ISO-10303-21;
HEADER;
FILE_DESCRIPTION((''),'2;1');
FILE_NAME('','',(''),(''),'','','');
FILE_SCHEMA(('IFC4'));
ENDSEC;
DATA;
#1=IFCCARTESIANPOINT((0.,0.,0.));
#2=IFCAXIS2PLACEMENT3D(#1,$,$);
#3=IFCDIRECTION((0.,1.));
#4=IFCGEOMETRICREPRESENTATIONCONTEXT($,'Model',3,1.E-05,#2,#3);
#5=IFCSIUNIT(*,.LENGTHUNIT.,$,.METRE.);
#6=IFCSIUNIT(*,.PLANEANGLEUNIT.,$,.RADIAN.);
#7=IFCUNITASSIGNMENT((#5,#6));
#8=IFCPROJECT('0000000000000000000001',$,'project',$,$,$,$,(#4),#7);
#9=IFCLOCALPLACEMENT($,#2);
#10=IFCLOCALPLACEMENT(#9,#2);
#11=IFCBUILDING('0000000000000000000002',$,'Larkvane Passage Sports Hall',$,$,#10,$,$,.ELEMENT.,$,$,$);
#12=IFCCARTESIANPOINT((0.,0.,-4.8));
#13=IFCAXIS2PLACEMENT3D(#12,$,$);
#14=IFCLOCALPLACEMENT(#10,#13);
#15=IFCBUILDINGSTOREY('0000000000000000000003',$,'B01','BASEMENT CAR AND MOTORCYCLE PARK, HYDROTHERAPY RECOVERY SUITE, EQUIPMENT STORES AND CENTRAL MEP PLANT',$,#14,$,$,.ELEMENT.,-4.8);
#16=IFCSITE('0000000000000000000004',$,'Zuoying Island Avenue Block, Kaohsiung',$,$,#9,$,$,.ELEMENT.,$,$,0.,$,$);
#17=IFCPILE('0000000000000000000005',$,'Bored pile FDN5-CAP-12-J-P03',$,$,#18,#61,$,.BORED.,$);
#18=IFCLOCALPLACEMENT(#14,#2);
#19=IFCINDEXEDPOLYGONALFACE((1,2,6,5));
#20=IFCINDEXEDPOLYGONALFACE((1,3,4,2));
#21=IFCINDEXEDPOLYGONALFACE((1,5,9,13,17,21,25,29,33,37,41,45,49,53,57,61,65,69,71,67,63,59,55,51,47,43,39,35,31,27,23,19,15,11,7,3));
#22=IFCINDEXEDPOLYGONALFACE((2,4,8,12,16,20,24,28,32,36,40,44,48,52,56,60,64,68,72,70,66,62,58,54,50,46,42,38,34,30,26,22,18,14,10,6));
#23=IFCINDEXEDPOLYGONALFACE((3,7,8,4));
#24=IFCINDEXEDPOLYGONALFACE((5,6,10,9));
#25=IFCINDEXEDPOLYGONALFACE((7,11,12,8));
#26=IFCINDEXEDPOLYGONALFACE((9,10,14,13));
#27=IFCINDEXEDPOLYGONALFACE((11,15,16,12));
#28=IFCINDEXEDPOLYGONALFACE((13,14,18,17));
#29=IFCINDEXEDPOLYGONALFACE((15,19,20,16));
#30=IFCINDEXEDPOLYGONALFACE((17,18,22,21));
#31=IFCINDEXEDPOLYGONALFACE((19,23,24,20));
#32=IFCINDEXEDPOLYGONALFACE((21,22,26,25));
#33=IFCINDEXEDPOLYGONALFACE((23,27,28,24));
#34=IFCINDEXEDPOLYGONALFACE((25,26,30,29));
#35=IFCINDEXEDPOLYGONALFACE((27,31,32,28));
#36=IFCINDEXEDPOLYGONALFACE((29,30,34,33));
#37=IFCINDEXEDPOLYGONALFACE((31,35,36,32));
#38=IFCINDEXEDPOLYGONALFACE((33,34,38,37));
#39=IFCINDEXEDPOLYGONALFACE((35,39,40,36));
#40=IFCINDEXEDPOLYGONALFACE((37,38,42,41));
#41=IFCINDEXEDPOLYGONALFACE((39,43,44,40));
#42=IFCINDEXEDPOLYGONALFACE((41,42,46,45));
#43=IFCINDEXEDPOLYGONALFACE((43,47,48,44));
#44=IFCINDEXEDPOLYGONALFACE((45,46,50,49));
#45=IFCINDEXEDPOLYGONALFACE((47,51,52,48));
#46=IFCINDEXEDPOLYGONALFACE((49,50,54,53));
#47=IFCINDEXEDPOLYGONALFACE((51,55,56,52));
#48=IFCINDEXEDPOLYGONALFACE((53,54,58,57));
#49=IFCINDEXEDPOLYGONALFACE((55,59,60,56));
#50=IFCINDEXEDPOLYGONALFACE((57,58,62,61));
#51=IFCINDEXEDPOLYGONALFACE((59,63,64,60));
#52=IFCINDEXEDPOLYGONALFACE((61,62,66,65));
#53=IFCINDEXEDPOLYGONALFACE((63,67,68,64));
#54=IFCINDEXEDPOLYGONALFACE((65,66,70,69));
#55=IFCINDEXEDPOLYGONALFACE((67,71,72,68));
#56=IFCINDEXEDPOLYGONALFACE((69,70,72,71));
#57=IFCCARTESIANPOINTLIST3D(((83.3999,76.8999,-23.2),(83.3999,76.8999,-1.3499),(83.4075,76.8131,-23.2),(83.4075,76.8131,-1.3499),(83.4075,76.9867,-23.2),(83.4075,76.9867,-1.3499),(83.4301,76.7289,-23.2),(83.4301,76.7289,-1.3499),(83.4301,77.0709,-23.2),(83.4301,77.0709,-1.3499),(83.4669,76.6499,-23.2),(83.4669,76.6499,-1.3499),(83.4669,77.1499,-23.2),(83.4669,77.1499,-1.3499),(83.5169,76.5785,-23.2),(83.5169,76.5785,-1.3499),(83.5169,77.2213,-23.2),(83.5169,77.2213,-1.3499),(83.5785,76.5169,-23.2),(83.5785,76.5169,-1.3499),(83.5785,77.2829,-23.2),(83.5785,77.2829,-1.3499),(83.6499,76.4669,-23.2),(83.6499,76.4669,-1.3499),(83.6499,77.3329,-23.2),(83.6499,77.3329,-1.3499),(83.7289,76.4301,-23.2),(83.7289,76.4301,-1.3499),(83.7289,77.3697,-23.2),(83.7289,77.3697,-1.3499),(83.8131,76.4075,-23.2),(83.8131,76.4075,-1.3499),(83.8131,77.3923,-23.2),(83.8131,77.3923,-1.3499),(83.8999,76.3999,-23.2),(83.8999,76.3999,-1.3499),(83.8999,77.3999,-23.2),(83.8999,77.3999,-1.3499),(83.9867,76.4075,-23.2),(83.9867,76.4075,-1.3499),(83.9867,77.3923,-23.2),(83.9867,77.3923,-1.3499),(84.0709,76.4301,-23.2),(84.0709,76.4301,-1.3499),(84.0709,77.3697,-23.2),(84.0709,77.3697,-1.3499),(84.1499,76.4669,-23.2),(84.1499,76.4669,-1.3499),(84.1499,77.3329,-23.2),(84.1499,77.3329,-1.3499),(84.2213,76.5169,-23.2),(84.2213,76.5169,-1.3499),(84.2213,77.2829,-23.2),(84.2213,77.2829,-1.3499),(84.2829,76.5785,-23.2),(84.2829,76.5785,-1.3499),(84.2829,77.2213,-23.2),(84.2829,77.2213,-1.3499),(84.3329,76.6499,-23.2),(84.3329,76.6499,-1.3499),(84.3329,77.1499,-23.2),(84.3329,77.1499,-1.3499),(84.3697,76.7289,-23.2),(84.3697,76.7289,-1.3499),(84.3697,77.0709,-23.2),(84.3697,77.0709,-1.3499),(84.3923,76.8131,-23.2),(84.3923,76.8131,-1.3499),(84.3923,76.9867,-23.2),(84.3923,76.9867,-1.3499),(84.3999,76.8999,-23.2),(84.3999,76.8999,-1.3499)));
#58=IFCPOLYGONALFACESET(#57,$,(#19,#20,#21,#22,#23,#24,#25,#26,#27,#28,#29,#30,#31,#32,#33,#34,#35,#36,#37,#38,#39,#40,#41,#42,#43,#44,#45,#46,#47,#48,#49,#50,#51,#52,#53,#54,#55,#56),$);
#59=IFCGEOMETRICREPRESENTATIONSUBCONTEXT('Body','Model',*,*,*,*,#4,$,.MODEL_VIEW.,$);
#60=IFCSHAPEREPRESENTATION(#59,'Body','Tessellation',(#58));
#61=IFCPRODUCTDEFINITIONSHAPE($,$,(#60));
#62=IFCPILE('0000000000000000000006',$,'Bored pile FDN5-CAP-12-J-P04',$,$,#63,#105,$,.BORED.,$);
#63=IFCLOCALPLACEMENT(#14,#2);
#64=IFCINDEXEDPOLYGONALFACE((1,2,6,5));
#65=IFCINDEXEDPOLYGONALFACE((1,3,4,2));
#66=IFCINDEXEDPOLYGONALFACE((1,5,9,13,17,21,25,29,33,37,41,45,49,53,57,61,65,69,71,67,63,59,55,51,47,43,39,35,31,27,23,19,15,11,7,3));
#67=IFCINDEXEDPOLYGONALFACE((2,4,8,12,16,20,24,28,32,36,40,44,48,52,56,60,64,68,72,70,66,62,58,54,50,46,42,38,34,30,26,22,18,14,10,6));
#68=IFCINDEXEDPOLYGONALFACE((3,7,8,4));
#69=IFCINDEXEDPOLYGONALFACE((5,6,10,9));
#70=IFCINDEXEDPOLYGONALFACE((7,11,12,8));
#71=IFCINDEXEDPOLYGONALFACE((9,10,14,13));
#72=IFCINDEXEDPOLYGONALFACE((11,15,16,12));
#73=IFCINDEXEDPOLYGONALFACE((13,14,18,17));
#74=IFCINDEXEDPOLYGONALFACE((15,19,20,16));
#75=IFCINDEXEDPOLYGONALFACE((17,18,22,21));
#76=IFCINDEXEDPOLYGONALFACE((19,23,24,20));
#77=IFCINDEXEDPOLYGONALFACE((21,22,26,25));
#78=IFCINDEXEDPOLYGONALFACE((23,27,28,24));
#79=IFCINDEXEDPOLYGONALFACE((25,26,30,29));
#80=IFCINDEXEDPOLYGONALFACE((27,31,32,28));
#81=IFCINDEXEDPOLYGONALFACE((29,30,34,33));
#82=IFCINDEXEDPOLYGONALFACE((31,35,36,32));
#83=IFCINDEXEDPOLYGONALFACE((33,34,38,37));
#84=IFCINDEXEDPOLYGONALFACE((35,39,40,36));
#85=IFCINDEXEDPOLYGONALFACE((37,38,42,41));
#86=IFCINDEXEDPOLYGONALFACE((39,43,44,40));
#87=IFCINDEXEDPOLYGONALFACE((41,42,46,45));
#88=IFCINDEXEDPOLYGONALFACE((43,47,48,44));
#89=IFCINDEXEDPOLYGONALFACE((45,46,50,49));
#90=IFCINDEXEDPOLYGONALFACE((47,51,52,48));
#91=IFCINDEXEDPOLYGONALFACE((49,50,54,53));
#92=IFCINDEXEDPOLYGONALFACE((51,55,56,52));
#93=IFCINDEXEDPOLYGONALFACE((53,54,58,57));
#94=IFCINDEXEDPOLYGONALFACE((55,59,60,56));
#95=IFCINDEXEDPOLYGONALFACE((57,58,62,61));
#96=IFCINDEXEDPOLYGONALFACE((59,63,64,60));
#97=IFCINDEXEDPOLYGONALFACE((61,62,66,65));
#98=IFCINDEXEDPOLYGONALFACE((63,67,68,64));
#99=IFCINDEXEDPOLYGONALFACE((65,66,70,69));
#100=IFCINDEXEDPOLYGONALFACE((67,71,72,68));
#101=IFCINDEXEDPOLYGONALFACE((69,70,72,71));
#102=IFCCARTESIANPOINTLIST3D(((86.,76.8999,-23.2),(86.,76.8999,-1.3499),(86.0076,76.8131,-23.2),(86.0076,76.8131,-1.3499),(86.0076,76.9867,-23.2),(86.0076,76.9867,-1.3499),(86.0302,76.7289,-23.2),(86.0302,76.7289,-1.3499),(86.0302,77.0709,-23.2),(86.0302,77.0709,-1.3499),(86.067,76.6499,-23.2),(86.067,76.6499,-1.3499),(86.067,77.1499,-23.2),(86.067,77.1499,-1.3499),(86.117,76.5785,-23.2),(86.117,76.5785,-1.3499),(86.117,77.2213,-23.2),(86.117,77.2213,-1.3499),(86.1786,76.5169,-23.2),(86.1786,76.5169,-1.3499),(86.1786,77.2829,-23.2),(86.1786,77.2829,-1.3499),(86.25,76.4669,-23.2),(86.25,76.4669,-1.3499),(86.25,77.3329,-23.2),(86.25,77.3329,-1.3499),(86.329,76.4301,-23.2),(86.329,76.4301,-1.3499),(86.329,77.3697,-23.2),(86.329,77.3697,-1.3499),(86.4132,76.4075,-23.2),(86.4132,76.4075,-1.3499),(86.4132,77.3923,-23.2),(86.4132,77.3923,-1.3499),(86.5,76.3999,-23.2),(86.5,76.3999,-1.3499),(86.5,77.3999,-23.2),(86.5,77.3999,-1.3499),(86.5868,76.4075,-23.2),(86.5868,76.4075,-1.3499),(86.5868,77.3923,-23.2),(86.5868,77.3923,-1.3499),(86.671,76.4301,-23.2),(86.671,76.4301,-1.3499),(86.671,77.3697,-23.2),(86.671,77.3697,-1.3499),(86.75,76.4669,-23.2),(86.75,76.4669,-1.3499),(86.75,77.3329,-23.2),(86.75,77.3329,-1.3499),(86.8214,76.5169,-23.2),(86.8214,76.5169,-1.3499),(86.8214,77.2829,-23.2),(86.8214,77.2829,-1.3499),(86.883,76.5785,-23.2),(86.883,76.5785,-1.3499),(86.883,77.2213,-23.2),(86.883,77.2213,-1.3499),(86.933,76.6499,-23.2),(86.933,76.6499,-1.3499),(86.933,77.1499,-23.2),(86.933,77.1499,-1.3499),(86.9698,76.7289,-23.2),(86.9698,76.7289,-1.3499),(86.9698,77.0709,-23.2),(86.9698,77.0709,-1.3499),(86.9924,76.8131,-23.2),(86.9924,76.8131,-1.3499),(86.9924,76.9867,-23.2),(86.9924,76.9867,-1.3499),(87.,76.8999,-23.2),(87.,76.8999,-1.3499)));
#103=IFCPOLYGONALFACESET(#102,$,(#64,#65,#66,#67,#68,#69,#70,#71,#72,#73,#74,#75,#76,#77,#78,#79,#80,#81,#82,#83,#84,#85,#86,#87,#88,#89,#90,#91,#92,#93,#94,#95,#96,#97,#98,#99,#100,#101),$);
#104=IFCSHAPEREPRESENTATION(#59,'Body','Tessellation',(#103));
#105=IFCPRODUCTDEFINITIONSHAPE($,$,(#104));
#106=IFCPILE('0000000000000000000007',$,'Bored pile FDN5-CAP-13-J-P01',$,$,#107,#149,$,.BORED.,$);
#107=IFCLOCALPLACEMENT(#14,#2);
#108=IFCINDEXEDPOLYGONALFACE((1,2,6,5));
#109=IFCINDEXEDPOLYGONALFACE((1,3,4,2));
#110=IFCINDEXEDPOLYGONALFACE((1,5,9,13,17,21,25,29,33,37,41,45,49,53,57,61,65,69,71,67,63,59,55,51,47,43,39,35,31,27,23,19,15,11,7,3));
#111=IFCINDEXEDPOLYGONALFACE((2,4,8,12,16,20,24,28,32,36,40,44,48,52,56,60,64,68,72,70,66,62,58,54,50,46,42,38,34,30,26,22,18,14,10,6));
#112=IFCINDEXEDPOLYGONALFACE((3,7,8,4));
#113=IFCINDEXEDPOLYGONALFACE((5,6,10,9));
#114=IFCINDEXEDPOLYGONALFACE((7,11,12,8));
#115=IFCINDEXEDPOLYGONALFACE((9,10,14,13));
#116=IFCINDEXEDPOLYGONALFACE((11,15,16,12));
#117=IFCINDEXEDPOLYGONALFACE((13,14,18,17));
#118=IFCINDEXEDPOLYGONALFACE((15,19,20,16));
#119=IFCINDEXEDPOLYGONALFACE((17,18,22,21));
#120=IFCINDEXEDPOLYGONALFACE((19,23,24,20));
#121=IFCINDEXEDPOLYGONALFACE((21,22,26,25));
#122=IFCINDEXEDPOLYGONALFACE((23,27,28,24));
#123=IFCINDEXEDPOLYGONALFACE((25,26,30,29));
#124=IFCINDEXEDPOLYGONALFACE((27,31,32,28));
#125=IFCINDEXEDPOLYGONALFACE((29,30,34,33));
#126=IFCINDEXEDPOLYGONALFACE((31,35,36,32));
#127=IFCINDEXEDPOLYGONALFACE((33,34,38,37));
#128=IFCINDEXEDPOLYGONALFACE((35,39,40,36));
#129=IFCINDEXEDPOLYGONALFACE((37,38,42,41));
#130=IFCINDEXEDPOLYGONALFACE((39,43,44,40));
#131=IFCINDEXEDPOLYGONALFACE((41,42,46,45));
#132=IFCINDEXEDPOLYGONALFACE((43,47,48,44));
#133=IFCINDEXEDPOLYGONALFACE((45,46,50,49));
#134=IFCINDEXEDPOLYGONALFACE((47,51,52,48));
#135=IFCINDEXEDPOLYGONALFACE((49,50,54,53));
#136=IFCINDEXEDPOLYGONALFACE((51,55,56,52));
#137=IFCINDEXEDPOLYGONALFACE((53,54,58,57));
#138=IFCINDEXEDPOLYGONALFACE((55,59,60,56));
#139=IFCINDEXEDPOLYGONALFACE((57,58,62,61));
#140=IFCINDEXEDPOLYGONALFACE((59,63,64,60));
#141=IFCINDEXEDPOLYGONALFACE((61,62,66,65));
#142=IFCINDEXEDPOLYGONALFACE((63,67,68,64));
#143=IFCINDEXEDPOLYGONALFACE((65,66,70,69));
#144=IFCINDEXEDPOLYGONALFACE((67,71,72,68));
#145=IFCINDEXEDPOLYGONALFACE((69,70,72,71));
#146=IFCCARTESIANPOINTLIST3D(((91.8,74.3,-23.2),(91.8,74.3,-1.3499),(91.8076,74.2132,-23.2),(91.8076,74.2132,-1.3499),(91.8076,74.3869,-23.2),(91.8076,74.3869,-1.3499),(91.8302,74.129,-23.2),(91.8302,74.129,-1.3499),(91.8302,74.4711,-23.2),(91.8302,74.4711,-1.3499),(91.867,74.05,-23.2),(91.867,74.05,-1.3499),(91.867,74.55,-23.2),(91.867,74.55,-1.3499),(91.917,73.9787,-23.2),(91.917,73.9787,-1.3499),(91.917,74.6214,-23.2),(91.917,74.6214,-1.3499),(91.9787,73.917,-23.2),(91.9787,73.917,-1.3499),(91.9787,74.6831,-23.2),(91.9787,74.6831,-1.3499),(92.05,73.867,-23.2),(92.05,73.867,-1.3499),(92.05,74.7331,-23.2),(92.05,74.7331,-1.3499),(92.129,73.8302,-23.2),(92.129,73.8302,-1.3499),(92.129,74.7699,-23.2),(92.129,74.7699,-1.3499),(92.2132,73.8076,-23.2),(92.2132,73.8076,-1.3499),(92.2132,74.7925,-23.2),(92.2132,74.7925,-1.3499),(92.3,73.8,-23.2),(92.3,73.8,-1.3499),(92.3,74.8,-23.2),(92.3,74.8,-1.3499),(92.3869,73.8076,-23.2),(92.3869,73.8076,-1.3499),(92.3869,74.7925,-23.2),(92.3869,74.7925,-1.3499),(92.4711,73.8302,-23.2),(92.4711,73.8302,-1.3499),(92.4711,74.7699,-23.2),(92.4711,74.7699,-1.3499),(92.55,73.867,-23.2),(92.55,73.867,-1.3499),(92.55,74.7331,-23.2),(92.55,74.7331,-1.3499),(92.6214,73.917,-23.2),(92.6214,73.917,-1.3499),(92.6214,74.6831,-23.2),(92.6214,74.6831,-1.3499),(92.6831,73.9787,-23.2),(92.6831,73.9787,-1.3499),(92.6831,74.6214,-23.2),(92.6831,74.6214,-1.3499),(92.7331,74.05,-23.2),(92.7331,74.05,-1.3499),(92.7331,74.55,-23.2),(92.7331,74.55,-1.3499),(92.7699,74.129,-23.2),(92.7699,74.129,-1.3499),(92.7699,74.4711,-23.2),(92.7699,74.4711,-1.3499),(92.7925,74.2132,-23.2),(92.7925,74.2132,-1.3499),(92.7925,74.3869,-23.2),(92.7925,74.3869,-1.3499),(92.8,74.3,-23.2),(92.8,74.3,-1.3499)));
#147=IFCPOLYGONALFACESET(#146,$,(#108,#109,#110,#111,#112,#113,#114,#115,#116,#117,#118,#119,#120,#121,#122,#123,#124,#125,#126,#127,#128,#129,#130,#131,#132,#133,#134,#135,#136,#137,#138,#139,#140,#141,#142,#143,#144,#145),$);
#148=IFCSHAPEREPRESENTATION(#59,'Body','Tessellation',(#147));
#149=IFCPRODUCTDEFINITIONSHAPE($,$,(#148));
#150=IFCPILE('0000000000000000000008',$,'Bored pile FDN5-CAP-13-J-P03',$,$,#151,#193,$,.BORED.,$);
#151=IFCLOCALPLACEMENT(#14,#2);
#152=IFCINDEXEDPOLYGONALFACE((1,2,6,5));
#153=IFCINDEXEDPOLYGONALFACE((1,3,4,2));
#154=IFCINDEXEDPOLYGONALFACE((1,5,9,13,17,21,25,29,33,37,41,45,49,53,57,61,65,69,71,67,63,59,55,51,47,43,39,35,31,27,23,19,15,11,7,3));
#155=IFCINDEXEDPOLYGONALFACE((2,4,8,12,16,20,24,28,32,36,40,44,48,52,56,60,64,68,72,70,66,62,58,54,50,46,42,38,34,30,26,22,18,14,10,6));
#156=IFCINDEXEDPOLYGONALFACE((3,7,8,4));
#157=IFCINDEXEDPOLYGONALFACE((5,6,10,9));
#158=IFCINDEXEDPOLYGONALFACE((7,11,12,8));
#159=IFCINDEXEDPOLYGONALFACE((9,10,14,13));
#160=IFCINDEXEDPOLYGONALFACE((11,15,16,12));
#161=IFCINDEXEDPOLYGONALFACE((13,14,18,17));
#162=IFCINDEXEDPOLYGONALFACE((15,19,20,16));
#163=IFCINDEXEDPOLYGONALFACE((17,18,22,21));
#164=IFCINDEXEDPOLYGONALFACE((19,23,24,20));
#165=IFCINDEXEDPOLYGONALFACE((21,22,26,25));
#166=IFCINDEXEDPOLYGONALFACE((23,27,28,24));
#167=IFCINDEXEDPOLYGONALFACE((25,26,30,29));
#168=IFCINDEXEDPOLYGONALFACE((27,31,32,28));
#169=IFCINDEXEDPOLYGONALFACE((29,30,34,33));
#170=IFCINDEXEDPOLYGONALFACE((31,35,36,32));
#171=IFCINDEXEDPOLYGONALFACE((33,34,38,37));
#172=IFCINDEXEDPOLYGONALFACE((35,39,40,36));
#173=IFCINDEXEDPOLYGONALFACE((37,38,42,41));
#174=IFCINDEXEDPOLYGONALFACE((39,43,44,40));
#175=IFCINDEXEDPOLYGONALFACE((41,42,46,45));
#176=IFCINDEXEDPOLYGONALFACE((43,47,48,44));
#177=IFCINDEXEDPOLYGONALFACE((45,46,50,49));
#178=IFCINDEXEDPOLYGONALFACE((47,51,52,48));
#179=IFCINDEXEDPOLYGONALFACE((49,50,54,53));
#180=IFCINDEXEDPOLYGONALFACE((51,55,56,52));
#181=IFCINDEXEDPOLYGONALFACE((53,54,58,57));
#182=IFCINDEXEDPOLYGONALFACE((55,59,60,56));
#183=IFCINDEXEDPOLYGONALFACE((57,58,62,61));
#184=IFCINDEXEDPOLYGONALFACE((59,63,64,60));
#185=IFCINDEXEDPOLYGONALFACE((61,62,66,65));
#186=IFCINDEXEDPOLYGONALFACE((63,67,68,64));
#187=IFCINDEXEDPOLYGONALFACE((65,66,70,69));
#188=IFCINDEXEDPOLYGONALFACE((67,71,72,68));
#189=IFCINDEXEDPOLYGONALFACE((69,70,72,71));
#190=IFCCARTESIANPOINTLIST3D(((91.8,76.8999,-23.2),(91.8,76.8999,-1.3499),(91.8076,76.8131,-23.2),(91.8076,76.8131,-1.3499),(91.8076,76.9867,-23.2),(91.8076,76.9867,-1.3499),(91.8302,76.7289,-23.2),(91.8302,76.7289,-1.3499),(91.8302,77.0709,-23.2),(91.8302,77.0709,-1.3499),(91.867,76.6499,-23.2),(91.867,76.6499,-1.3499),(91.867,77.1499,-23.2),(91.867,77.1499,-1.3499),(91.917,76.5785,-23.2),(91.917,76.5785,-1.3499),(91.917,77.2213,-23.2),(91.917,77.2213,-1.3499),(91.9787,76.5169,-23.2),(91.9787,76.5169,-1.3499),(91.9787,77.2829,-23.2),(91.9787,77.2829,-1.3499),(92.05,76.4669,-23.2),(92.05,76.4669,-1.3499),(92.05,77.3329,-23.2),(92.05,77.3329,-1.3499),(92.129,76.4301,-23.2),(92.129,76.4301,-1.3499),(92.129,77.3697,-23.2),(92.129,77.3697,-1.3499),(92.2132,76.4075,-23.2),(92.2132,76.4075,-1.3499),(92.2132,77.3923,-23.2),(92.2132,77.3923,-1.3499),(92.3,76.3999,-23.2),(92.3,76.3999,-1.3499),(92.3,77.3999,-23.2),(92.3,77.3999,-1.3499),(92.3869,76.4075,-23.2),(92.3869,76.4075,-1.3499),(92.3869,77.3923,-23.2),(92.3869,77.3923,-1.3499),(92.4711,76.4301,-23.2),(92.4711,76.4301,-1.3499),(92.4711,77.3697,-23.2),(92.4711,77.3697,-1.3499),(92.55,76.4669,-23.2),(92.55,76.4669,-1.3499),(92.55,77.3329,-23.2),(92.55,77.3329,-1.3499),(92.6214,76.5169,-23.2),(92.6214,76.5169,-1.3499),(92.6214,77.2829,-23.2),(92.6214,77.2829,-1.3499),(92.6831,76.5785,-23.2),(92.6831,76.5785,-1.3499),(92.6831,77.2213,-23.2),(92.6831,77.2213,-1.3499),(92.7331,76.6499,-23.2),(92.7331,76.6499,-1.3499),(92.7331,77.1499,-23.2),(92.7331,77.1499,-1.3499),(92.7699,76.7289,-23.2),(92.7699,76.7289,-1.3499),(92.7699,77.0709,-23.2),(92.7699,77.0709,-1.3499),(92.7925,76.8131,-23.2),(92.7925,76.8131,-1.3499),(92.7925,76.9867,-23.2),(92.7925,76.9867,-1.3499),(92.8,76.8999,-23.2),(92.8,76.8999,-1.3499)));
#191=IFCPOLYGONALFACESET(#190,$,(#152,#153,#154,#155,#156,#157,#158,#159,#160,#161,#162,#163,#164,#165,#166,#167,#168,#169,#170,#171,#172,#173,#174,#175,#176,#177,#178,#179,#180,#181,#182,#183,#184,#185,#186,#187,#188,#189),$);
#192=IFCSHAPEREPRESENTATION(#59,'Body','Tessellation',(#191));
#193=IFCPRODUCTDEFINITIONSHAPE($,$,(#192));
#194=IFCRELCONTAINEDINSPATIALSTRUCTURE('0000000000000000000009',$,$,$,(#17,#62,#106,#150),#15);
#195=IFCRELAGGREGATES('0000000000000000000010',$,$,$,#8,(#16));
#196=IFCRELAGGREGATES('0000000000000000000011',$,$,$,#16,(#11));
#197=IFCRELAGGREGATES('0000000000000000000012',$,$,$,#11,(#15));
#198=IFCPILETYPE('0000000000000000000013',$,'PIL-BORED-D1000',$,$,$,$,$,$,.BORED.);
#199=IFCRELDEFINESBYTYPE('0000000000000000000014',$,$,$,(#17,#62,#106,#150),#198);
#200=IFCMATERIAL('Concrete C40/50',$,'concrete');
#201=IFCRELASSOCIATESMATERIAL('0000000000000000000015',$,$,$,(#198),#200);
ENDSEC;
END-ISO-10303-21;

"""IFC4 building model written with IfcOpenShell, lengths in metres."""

from ifc_helpers import new_model, si_unit, direction, frame, origin, origin_2d, place, context, subcontext, project, spatial, circle, extrude, material, material_profile, profile_set, type_object, element, save


model = new_model("IFC4")

# Units and contexts
model_context = context("Model", 3, precision=1e-05, world=origin(), true_north=direction((0.0, 1.0)))
body_context = subcontext(model_context, "Body", "Model", "MODEL_VIEW")
ifc_project = project(units=[si_unit("LENGTHUNIT", "METRE"), si_unit("PLANEANGLEUNIT", "RADIAN")], contexts=[model_context])

# Site, building, storey
site_placement = place(None, origin())
site = spatial("IfcSite", under=ifc_project, at=site_placement, Name="Zuoying Island Avenue Block, Kaohsiung", CompositionType="ELEMENT", RefElevation=0.0)
building_placement = place(site_placement, origin())
building = spatial("IfcBuilding", under=site, at=building_placement, Name="Larkvane Passage Sports Hall", CompositionType="ELEMENT")
storey_placement = place(building_placement, frame((0.0, 0.0, -4.8)))
storey = spatial("IfcBuildingStorey", under=building, at=storey_placement, Name="B01", Description="BASEMENT CAR AND MOTORCYCLE PARK, HYDROTHERAPY RECOVERY SUITE, EQUIPMENT STORES AND CENTRAL MEP PLANT", CompositionType="ELEMENT", Elevation=-4.8)

# Shared definitions
ifc_material_1 = material(Name="Concrete C40/50", Category="concrete")

# Piles
ifc_material_profile_1 = material_profile(ifc_material_1, circle(Radius=0.5, at=origin_2d()), Name="PILE-D1000")
ifc_profile_set_1 = profile_set([ifc_material_profile_1], Name="Concrete C40/50")
pile_type_1 = type_object("IfcPileType", Name="PIL-BORED-D1000", PredefinedType="BORED", material=ifc_profile_set_1)
for number, where, z_axis, x_axis, name in (
    (1, (83.8999, 76.8999, -1.3499), (0.0, 0.0, -1.0), (1.0, 0.0, 0.0), "Bored pile FDN5-CAP-12-J-P03"),
    (2, (86.5, 76.8999, -1.3499), (0.0, 0.0, -1.0), (1.0, 0.0, 0.0), "Bored pile FDN5-CAP-12-J-P04"),
    (3, (92.3, 74.3, -1.3499), (0.0, 0.0, -1.0), (1.0, 0.0, 0.0), "Bored pile FDN5-CAP-13-J-P01"),
    (4, (92.3, 76.8999, -1.3499), (0.0, 0.0, -1.0), (1.0, 0.0, 0.0), "Bored pile FDN5-CAP-13-J-P03"),
):
    element("IfcPile", number, at=place(storey_placement, frame(where, z_axis=z_axis, x_axis=x_axis)), inside=storey, type_object=pile_type_1, Name=name, PredefinedType="BORED", context=body_context, shape_type="SweptSolid", body=[
        extrude(circle(Radius=0.5, at=origin_2d()), origin(), (0.0, 0.0, 1.0), 21.8501),
    ])

save(model, "model.ifc")
